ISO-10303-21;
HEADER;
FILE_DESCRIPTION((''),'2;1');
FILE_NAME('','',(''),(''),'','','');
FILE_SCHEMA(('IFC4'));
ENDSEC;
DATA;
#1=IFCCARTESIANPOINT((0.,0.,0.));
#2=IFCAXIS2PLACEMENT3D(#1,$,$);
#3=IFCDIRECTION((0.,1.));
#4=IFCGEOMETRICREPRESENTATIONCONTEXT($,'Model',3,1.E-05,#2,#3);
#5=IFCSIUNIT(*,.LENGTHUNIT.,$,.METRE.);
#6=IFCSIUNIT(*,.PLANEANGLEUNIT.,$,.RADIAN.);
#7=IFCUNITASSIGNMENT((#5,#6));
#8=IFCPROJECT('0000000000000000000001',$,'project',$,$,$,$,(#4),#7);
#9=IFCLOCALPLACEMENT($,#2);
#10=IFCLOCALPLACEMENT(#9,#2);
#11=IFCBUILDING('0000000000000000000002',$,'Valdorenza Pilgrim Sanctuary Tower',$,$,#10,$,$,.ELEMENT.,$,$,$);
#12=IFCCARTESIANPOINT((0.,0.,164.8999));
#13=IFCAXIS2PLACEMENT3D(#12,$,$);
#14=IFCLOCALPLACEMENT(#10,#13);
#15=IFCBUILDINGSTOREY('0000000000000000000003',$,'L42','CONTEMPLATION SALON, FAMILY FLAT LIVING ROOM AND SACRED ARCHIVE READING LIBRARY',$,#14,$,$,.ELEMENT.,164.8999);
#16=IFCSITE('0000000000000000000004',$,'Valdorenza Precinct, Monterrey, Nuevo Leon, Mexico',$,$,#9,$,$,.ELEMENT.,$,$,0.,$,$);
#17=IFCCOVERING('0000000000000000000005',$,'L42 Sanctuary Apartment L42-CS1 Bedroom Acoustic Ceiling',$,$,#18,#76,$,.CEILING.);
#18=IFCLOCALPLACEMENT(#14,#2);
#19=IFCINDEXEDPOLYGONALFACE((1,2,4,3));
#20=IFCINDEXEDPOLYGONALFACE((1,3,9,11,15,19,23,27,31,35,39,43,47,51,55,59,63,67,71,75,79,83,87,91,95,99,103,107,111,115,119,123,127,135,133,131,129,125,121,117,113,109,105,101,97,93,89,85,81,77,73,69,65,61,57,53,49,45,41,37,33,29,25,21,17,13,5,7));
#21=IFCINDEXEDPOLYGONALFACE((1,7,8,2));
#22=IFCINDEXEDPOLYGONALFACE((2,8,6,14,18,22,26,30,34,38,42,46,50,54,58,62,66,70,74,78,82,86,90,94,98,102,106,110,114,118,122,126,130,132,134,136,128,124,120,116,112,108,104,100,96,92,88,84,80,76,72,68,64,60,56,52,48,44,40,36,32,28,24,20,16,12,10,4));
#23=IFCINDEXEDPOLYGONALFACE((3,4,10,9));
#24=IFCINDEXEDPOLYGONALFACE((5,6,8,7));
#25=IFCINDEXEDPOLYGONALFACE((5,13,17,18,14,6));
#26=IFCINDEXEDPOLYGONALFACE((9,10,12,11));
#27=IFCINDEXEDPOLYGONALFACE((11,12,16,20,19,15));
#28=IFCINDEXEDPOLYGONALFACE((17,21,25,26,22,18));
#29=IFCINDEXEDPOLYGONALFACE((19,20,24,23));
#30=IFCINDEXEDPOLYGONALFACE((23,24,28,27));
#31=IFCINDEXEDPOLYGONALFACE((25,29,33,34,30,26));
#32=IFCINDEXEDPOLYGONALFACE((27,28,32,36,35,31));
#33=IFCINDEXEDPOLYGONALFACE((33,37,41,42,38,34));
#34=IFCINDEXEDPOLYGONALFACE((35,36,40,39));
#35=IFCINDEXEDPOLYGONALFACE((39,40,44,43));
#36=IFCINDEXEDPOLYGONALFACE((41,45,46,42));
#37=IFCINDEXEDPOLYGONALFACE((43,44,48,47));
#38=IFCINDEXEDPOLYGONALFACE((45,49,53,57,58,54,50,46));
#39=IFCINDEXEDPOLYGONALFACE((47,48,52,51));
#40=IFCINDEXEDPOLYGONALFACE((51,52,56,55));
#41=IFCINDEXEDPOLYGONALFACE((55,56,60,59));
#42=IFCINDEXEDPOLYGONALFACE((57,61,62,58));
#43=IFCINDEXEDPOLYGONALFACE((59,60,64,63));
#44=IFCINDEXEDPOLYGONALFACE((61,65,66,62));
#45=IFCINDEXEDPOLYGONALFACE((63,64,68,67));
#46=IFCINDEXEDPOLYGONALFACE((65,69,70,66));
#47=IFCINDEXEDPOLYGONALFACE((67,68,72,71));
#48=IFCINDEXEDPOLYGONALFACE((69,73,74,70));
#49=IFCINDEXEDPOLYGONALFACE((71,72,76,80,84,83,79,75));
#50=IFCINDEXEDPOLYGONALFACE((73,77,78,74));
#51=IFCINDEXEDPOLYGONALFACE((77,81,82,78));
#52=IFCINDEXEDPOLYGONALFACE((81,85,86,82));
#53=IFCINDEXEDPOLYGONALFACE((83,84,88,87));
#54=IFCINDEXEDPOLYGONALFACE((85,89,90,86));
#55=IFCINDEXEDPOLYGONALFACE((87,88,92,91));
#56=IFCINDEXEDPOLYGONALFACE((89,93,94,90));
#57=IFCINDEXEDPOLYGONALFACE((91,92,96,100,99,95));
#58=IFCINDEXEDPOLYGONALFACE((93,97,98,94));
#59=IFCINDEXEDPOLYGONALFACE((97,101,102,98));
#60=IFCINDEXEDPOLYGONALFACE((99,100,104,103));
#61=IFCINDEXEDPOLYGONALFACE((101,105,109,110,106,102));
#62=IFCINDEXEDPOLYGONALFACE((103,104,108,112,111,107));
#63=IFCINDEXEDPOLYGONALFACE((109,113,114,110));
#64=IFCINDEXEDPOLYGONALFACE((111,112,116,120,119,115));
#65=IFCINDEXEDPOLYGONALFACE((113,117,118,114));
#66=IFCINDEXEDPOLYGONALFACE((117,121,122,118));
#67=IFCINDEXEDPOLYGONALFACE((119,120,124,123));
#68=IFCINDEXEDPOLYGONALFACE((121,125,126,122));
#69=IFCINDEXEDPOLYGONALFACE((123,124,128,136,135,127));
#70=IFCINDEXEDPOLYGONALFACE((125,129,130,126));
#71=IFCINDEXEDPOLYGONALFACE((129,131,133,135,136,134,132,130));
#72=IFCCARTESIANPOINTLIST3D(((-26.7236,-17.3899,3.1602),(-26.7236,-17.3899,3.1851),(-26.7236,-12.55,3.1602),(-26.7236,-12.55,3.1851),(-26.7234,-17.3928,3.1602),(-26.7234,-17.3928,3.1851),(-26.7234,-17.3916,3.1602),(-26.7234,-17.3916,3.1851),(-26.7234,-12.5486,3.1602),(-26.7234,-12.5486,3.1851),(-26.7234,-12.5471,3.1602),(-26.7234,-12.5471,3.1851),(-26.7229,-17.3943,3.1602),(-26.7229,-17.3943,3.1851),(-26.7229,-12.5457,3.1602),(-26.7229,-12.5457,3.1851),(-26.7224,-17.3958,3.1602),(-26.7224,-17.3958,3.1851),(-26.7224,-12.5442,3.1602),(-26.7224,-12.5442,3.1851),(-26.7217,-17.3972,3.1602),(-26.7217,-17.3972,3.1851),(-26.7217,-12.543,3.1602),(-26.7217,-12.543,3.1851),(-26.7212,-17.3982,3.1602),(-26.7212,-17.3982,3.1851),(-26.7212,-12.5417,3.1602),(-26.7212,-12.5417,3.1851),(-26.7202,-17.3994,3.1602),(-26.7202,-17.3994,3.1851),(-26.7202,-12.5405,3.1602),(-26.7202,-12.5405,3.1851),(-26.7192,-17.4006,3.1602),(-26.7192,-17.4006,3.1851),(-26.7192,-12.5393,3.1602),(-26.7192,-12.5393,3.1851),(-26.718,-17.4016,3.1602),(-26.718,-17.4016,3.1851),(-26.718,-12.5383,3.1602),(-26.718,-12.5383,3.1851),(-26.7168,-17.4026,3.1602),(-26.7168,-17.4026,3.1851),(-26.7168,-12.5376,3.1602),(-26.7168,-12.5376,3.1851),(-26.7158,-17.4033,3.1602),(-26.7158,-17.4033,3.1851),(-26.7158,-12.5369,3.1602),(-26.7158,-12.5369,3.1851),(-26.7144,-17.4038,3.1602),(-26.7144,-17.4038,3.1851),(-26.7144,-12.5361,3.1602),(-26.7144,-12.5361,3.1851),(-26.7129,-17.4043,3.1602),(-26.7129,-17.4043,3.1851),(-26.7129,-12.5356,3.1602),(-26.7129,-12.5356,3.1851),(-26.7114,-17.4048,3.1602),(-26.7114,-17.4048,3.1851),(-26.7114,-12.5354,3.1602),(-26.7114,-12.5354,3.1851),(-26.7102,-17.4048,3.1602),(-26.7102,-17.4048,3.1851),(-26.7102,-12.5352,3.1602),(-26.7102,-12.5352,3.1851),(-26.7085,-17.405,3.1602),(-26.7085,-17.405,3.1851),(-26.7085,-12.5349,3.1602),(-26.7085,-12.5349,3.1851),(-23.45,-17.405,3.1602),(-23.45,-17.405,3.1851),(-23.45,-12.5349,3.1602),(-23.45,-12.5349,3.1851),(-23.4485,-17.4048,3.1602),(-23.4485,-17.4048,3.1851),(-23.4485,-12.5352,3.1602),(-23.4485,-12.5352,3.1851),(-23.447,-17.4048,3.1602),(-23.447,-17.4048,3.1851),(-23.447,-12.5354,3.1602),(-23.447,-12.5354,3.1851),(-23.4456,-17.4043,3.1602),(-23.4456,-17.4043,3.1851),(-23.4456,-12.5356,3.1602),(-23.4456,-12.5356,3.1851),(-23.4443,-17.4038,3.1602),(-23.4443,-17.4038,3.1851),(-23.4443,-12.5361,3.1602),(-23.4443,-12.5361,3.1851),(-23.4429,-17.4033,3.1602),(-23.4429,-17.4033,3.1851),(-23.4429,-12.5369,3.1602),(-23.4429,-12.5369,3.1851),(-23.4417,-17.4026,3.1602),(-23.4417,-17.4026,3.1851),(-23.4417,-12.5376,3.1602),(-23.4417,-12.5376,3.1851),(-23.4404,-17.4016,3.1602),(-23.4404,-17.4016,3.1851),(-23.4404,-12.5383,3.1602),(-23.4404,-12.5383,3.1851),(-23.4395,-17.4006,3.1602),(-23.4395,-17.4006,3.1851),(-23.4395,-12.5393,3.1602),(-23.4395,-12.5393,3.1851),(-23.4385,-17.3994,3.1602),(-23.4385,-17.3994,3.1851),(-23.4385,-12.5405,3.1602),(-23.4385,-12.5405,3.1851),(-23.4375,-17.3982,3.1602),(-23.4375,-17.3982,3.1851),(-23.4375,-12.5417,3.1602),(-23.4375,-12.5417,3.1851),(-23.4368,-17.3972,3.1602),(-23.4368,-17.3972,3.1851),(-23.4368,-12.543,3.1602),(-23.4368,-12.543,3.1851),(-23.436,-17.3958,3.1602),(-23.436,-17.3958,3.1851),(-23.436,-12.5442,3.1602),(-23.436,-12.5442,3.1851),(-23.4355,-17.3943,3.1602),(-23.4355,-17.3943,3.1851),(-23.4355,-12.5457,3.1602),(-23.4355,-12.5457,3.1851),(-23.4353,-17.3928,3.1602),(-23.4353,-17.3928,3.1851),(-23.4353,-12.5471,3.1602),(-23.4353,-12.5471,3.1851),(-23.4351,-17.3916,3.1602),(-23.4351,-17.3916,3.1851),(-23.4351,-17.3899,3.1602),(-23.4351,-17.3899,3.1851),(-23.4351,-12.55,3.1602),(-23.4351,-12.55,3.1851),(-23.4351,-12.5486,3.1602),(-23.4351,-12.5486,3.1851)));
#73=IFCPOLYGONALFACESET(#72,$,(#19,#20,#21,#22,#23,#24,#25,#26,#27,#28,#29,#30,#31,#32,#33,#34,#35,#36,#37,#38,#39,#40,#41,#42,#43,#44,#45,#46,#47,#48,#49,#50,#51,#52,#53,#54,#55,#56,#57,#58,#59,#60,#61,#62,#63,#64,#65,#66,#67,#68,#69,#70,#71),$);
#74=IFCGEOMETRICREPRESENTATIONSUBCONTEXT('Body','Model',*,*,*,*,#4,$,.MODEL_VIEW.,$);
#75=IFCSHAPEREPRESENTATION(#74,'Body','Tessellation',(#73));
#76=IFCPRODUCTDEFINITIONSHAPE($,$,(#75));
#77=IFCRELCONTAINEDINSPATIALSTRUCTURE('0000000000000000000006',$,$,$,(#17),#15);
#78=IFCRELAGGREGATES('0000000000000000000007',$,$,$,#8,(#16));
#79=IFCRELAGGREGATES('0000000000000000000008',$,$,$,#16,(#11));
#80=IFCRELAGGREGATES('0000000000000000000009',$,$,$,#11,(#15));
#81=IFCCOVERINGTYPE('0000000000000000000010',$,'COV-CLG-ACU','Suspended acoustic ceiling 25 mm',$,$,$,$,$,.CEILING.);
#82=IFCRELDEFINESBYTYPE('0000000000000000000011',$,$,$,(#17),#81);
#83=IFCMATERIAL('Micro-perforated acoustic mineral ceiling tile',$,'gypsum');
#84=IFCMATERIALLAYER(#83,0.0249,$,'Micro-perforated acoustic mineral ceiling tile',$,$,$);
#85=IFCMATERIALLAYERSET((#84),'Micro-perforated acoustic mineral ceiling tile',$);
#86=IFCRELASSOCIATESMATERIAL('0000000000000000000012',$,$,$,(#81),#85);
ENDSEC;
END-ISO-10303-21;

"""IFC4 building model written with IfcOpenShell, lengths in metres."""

from ifc_helpers import new_model, si_unit, direction, frame, origin, place, context, subcontext, project, spatial, polyline, outline, extrude, material, layer, layer_set, type_object, element, save


model = new_model("IFC4")

# Units and contexts
model_context = context("Model", 3, precision=1e-05, world=origin(), true_north=direction((0.0, 1.0)))
body_context = subcontext(model_context, "Body", "Model", "MODEL_VIEW")
ifc_project = project(units=[si_unit("LENGTHUNIT", "METRE"), si_unit("PLANEANGLEUNIT", "RADIAN")], contexts=[model_context])

# Site, building, storey
site_placement = place(None, origin())
site = spatial("IfcSite", under=ifc_project, at=site_placement, Name="Valdorenza Precinct, Monterrey, Nuevo Leon, Mexico", CompositionType="ELEMENT", RefElevation=0.0)
building_placement = place(site_placement, origin())
building = spatial("IfcBuilding", under=site, at=building_placement, Name="Valdorenza Pilgrim Sanctuary Tower", CompositionType="ELEMENT")
storey_placement = place(building_placement, frame((0.0, 0.0, 164.8999)))
storey = spatial("IfcBuildingStorey", under=building, at=storey_placement, Name="L42", Description="CONTEMPLATION SALON, FAMILY FLAT LIVING ROOM AND SACRED ARCHIVE READING LIBRARY", CompositionType="ELEMENT", Elevation=164.8999)

# Covering
ifc_material_1 = material(Name="Micro-perforated acoustic mineral ceiling tile", Category="gypsum")
ifc_layer_1 = layer(ifc_material_1, 0.0249, Name="Micro-perforated acoustic mineral ceiling tile")
ifc_layer_set_1 = layer_set([ifc_layer_1], Name="Micro-perforated acoustic mineral ceiling tile")
covering_type_1 = type_object("IfcCoveringType", Name="COV-CLG-ACU", Description="Suspended acoustic ceiling 25 mm", PredefinedType="CEILING", material=ifc_layer_set_1)
covering_1_placement = place(storey_placement, frame((0.0, 0.0, 3.1602)))
element("IfcCovering", 1, at=covering_1_placement, inside=storey, type_object=covering_type_1, Name="L42 Sanctuary Apartment L42-CS1 Bedroom Acoustic Ceiling", PredefinedType="CEILING", context=body_context, shape_type="SweptSolid", body=[
    extrude(outline(polyline([(-26.7236, -12.55), (-26.7234, -12.5486), (-26.7234, -12.5471), (-26.7229, -12.5457), (-26.7224, -12.5442), (-26.7217, -12.543), (-26.7212, -12.5417), (-26.7202, -12.5405), (-26.7192, -12.5393), (-26.718, -12.5383), (-26.7168, -12.5376), (-26.7158, -12.5369), (-26.7144, -12.5361), (-26.7129, -12.5356), (-26.7114, -12.5354), (-26.7102, -12.5352), (-26.7085, -12.5349), (-23.45, -12.5349), (-23.4485, -12.5352), (-23.447, -12.5354), (-23.4456, -12.5356), (-23.4443, -12.5361), (-23.4429, -12.5369), (-23.4417, -12.5376), (-23.4404, -12.5383), (-23.4395, -12.5393), (-23.4385, -12.5405), (-23.4375, -12.5417), (-23.4368, -12.543), (-23.436, -12.5442), (-23.4355, -12.5457), (-23.4353, -12.5471), (-23.4351, -12.5486), (-23.4351, -12.55), (-23.4351, -17.3899), (-23.4351, -17.3916), (-23.4353, -17.3928), (-23.4355, -17.3943), (-23.436, -17.3958), (-23.4368, -17.3972), (-23.4375, -17.3982), (-23.4385, -17.3994), (-23.4395, -17.4006), (-23.4404, -17.4016), (-23.4417, -17.4026), (-23.4429, -17.4033), (-23.4443, -17.4038), (-23.4456, -17.4043), (-23.447, -17.4048), (-23.4485, -17.4048), (-23.45, -17.405), (-26.7085, -17.405), (-26.7102, -17.4048), (-26.7114, -17.4048), (-26.7129, -17.4043), (-26.7144, -17.4038), (-26.7158, -17.4033), (-26.7168, -17.4026), (-26.718, -17.4016), (-26.7192, -17.4006), (-26.7202, -17.3994), (-26.7212, -17.3982), (-26.7217, -17.3972), (-26.7224, -17.3958), (-26.7229, -17.3943), (-26.7234, -17.3928), (-26.7234, -17.3916), (-26.7236, -17.3899), (-26.7236, -12.55)])), origin(), (0.0, 0.0, 1.0), 0.0249),
])

save(model, "model.ifc")
